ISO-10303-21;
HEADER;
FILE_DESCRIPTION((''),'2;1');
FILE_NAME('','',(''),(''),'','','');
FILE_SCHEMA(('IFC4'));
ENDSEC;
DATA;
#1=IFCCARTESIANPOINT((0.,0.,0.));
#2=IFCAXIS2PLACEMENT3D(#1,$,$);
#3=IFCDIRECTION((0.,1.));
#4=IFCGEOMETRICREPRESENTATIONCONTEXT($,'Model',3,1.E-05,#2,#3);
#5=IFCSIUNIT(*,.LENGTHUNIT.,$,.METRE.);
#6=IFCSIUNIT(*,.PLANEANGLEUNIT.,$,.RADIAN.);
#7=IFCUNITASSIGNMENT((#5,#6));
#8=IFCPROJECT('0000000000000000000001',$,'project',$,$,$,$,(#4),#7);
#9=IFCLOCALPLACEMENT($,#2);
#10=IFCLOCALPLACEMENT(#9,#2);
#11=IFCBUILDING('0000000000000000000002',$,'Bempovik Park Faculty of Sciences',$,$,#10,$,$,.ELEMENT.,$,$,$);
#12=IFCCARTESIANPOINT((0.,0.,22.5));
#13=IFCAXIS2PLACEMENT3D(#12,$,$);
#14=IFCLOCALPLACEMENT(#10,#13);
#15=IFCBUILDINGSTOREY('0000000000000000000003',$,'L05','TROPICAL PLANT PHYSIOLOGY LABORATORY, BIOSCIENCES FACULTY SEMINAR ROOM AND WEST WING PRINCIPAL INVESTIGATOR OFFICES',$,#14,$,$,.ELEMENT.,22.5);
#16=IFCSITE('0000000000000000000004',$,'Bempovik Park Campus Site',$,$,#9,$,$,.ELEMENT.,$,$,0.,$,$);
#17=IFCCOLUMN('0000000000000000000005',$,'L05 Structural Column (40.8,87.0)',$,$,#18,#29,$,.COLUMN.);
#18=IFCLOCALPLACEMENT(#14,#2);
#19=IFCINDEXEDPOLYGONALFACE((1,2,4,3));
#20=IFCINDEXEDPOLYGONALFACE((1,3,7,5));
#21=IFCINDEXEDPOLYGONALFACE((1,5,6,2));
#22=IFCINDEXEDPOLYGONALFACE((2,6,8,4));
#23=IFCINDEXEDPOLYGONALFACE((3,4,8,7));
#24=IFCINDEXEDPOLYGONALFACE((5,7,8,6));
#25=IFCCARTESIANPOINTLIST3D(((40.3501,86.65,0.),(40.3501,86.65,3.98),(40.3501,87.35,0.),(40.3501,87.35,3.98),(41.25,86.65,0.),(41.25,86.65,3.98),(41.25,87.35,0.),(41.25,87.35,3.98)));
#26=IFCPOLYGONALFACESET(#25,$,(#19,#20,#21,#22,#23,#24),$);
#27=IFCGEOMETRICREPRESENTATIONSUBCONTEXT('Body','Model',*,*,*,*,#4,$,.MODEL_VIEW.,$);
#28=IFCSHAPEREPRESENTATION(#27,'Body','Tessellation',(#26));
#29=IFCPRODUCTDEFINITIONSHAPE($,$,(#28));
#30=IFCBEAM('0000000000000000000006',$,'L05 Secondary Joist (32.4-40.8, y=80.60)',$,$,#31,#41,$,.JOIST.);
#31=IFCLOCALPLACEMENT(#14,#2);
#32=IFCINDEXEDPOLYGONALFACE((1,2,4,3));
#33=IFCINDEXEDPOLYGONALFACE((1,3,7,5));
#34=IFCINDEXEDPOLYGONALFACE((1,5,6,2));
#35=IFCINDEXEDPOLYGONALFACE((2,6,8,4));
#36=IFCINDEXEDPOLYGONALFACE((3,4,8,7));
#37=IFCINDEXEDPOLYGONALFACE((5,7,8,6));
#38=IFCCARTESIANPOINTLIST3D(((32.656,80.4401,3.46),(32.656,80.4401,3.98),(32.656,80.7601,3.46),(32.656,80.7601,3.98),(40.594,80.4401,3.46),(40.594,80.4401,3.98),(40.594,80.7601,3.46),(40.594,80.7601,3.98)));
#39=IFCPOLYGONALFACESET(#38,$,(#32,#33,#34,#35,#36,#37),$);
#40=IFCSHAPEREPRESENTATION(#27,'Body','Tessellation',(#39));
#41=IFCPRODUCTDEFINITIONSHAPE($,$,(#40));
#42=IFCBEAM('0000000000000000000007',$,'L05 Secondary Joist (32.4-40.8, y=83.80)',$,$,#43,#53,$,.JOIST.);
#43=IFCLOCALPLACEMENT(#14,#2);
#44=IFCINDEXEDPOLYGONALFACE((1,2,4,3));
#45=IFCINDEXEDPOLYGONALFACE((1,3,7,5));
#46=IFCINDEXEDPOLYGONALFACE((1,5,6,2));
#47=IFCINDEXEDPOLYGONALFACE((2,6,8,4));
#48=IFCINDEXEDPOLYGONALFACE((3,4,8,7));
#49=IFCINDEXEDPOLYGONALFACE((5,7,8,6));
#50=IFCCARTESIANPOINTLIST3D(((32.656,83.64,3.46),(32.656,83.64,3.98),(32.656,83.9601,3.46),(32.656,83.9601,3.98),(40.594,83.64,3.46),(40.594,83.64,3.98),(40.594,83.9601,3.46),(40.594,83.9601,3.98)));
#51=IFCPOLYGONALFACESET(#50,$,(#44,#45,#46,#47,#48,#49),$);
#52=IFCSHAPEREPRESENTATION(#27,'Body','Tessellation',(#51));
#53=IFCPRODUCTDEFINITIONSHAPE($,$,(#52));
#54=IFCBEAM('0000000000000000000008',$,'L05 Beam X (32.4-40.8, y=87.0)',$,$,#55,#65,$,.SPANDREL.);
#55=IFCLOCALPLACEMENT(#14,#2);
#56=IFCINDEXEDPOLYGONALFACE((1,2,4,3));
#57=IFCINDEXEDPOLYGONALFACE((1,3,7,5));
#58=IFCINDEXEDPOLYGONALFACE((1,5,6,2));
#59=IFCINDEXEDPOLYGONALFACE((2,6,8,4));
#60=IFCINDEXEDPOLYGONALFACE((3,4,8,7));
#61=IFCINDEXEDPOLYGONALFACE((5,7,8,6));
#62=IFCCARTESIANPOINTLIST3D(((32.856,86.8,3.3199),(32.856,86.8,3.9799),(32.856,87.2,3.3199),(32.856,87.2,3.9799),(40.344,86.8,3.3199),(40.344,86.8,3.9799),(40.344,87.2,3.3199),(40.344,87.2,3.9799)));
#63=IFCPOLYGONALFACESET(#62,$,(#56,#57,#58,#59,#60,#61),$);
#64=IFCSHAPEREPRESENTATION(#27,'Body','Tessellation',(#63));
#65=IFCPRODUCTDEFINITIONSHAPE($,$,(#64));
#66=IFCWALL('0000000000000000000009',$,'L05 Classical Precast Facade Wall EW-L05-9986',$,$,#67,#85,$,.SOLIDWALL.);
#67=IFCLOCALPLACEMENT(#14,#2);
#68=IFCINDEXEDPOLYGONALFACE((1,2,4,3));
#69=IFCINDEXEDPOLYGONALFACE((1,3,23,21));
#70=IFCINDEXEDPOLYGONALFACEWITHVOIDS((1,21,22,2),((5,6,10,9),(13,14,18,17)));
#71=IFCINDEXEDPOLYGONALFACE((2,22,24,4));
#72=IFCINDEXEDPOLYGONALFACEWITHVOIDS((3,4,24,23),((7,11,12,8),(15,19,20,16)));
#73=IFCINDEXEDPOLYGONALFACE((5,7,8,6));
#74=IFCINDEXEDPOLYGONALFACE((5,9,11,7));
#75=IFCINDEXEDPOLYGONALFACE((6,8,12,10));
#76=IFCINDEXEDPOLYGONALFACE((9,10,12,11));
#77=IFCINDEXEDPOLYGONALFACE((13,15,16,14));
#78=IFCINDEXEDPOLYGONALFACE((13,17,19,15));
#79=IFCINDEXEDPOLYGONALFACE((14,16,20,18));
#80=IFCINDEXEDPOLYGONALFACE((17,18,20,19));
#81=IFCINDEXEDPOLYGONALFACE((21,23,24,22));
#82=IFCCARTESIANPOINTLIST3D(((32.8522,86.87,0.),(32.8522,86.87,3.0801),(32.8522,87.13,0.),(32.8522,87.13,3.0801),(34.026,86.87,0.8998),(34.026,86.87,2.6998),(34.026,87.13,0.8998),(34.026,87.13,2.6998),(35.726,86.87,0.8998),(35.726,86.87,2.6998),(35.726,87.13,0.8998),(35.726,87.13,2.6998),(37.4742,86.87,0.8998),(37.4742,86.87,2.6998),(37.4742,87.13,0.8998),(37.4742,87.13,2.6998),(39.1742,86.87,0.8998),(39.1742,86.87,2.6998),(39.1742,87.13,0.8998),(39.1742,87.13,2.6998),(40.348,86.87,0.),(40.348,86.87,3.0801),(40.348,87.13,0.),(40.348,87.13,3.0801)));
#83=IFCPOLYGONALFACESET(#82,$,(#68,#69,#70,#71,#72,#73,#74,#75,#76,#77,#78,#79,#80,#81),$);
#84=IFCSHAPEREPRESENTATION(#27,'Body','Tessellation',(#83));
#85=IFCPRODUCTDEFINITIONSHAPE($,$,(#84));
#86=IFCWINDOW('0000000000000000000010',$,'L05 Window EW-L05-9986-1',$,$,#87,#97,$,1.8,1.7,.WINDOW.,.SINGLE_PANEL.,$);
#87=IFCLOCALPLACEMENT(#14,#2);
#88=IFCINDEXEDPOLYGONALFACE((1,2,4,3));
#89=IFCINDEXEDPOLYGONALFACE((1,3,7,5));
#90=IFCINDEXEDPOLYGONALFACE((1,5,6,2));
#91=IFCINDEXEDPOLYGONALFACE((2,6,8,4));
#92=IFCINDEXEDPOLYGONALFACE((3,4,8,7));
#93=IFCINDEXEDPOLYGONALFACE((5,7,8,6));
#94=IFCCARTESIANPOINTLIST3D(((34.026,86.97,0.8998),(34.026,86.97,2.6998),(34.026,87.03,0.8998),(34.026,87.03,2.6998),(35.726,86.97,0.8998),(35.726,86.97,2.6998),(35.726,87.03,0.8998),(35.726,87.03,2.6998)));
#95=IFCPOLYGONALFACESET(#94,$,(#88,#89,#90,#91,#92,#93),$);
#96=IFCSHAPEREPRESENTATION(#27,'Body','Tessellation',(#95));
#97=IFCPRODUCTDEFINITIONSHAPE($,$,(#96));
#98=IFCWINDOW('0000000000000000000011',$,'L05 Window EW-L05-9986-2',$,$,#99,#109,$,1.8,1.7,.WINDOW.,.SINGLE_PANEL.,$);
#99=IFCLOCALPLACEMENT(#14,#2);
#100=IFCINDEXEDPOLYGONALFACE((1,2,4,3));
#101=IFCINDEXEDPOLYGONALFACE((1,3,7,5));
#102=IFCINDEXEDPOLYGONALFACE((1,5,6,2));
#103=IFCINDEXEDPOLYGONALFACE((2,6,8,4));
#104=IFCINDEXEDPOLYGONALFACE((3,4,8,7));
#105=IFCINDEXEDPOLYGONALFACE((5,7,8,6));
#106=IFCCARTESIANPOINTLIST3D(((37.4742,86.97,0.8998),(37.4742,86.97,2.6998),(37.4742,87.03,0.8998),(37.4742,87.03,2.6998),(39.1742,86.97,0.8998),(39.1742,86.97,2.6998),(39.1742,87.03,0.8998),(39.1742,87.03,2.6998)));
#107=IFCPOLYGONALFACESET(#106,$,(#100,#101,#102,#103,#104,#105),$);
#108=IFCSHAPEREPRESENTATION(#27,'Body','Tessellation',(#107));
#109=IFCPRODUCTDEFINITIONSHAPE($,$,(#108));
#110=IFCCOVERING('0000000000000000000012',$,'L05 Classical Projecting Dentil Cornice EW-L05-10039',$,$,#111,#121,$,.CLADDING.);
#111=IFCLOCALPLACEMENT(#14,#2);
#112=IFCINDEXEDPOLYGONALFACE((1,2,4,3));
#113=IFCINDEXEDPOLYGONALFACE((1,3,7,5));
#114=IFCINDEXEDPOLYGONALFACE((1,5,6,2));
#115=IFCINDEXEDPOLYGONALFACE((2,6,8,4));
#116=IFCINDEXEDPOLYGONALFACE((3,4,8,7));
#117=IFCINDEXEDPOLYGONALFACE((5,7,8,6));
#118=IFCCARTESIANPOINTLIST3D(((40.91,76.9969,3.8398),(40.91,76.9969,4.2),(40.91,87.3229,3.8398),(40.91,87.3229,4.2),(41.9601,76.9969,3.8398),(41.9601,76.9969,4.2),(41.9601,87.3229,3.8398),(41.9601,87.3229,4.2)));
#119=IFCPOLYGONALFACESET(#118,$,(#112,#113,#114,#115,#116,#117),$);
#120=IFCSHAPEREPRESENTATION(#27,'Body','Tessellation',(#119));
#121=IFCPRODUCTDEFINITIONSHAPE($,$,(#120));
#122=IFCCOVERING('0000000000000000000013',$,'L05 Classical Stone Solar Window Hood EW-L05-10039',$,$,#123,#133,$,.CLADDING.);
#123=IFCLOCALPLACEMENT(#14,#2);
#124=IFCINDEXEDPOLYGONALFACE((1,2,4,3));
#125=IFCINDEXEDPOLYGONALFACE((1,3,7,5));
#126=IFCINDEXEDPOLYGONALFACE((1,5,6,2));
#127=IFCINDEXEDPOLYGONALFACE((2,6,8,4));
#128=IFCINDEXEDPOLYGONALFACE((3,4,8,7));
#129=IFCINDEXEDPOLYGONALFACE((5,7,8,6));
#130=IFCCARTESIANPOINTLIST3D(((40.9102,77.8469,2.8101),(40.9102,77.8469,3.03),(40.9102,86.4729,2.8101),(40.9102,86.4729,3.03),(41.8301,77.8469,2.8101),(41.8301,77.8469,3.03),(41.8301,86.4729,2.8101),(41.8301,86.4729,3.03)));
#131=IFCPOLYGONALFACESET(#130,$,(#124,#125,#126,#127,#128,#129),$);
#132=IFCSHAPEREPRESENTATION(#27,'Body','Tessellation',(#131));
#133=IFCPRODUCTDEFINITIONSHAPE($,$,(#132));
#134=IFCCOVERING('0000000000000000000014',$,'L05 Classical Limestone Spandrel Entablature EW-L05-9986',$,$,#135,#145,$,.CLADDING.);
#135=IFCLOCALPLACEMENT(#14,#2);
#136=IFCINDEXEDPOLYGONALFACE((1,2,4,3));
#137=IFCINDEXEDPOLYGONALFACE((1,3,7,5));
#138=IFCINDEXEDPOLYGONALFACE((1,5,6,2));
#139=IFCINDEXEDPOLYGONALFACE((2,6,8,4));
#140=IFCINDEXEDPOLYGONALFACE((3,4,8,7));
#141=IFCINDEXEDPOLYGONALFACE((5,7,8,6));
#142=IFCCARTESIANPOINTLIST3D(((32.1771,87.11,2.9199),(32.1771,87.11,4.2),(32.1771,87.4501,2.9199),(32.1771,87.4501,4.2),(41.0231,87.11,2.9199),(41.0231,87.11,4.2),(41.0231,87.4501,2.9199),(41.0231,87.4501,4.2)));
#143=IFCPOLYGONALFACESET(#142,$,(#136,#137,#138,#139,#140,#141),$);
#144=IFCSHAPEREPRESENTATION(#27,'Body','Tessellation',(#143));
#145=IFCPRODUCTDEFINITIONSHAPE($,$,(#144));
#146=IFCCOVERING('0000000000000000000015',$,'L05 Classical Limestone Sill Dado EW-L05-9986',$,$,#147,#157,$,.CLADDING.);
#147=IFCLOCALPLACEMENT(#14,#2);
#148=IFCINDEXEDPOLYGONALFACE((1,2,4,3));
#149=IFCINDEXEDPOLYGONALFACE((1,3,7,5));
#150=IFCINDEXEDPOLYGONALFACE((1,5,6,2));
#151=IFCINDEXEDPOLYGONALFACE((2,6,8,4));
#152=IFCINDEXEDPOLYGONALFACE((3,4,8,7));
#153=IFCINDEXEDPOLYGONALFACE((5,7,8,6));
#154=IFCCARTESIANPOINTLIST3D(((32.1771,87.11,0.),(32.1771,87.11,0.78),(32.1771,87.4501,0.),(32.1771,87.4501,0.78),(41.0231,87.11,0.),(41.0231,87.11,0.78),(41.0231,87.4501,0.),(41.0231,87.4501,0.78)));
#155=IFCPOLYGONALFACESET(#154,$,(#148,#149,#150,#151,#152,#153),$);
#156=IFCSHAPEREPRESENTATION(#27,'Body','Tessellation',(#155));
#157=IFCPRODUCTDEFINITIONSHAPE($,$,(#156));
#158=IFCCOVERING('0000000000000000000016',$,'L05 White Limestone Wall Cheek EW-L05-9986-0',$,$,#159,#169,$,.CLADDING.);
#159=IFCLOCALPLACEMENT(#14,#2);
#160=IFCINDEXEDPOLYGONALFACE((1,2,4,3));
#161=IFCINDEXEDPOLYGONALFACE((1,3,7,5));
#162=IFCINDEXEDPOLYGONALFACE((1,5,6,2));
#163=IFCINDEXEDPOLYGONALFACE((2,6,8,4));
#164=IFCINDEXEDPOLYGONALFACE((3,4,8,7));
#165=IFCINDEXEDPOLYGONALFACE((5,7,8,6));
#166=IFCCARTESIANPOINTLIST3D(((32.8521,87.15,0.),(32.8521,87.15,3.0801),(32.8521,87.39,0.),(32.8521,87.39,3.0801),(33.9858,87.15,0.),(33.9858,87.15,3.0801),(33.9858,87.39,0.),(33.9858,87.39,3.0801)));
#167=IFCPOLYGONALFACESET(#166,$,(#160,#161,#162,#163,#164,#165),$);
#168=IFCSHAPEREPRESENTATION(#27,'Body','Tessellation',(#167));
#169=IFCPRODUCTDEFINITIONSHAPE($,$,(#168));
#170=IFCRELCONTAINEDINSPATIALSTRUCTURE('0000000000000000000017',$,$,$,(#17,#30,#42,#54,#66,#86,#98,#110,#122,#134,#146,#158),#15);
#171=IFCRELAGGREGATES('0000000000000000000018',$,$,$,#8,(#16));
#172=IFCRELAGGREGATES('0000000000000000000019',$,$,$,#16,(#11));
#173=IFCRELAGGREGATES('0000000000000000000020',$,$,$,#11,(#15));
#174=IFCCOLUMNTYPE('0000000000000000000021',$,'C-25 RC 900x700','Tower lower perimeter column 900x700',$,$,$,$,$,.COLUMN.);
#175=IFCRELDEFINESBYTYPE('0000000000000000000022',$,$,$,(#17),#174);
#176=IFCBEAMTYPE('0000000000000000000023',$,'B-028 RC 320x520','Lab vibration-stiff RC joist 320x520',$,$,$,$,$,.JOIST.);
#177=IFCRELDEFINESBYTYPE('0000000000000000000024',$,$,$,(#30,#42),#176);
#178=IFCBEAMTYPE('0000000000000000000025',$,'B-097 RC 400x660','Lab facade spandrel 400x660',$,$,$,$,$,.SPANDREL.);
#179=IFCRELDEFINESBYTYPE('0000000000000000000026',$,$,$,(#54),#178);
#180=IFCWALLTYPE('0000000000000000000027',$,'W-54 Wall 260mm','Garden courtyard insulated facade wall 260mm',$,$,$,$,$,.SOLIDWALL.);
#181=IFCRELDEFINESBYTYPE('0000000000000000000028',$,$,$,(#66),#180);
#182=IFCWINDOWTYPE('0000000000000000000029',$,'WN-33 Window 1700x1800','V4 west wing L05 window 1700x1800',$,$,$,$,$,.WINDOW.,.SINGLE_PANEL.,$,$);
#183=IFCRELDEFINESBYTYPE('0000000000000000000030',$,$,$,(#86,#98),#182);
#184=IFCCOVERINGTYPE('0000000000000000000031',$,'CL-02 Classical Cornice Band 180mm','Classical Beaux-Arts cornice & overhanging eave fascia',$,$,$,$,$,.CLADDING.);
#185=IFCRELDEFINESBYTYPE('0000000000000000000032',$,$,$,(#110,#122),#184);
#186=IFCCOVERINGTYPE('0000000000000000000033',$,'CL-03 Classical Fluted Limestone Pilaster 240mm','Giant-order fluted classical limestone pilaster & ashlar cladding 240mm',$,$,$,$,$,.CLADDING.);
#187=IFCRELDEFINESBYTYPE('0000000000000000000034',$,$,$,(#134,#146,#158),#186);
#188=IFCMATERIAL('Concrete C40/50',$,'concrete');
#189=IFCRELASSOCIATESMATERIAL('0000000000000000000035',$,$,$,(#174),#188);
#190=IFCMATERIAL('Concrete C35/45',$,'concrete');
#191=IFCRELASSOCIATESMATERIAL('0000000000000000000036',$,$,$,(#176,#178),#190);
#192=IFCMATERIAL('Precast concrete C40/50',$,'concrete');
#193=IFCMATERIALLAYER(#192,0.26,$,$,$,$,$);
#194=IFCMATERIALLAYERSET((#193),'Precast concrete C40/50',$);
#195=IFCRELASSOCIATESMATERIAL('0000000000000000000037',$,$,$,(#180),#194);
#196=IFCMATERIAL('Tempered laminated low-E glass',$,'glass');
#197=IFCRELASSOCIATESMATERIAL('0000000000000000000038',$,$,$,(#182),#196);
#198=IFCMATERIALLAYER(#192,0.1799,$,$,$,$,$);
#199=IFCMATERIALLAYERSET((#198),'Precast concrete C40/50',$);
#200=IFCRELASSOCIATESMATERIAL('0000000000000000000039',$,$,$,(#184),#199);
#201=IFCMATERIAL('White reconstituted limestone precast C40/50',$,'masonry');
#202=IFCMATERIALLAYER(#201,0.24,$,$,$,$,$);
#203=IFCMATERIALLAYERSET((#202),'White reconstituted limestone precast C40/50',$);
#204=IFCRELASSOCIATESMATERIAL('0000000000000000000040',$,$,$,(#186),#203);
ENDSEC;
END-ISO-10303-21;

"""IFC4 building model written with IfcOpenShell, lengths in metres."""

from ifc_helpers import new_model, si_unit, direction, frame, frame_2d, origin, origin_2d, place, context, subcontext, project, spatial, rectangle, extrude, material, layer, layer_set, material_profile, profile_set, type_object, element, fill, save


model = new_model("IFC4")

# Units and contexts
model_context = context("Model", 3, precision=1e-05, world=origin(), true_north=direction((0.0, 1.0)))
body_context = subcontext(model_context, "Body", "Model", "MODEL_VIEW")
ifc_project = project(units=[si_unit("LENGTHUNIT", "METRE"), si_unit("PLANEANGLEUNIT", "RADIAN")], contexts=[model_context])

# Site, building, storey
site_placement = place(None, origin())
site = spatial("IfcSite", under=ifc_project, at=site_placement, Name="Bempovik Park Campus Site", CompositionType="ELEMENT", RefElevation=0.0)
building_placement = place(site_placement, origin())
building = spatial("IfcBuilding", under=site, at=building_placement, Name="Bempovik Park Faculty of Sciences", CompositionType="ELEMENT")
storey_placement = place(building_placement, frame((0.0, 0.0, 22.5)))
storey = spatial("IfcBuildingStorey", under=building, at=storey_placement, Name="L05", Description="TROPICAL PLANT PHYSIOLOGY LABORATORY, BIOSCIENCES FACULTY SEMINAR ROOM AND WEST WING PRINCIPAL INVESTIGATOR OFFICES", CompositionType="ELEMENT", Elevation=22.5)

# Column
ifc_material_1 = material(Name="Concrete C40/50", Category="concrete")
ifc_material_profile_1 = material_profile(ifc_material_1, rectangle(XDim=0.8999, YDim=0.7, at=origin_2d()), Name="RC 900x700")
ifc_profile_set_1 = profile_set([ifc_material_profile_1], Name="Concrete C40/50")
column_type = type_object("IfcColumnType", Name="C-25 RC 900x700", Description="Tower lower perimeter column 900x700", PredefinedType="COLUMN", material=ifc_profile_set_1)
column_placement = place(storey_placement, frame((40.8, 87.0, 0.0), z_axis=(0.0, 0.0, 1.0), x_axis=(1.0, 0.0, 0.0)))
element("IfcColumn", 1, at=column_placement, inside=storey, type_object=column_type, Name="L05 Structural Column (40.8,87.0)", PredefinedType="COLUMN", context=body_context, shape_type="SweptSolid", body=[
    extrude(rectangle(XDim=0.8999, YDim=0.7, at=origin_2d()), origin(), (0.0, 0.0, 1.0), 3.98),
])

# Beams
ifc_material_2 = material(Name="Concrete C35/45", Category="concrete")
ifc_material_profile_2 = material_profile(ifc_material_2, rectangle(XDim=0.3201, YDim=0.52, at=origin_2d()), Name="RC 320x520")
ifc_profile_set_2 = profile_set([ifc_material_profile_2], Name="Concrete C35/45")
beam_type_1 = type_object("IfcBeamType", Name="B-028 RC 320x520", Description="Lab vibration-stiff RC joist 320x520", PredefinedType="JOIST", material=ifc_profile_set_2)
for number, where, z_axis, x_axis, name in (
    (2, (32.656, 80.6001, 3.72), (1.0, 0.0, 0.0), (0.0, 1.0, 0.0), "L05 Secondary Joist (32.4-40.8, y=80.60)"),
    (3, (32.656, 83.8, 3.72), (1.0, 0.0, 0.0), (0.0, 1.0, 0.0), "L05 Secondary Joist (32.4-40.8, y=83.80)"),
):
    element("IfcBeam", number, at=place(storey_placement, frame(where, z_axis=z_axis, x_axis=x_axis)), inside=storey, type_object=beam_type_1, Name=name, PredefinedType="JOIST", context=body_context, shape_type="SweptSolid", body=[
        extrude(rectangle(XDim=0.3201, YDim=0.52, at=origin_2d()), origin(), (0.0, 0.0, 1.0), 7.938),
    ])
ifc_material_profile_3 = material_profile(ifc_material_2, rectangle(XDim=0.3999, YDim=0.6599, at=origin_2d()), Name="RC 400x660")
ifc_profile_set_3 = profile_set([ifc_material_profile_3], Name="Concrete C35/45")
beam_type_2 = type_object("IfcBeamType", Name="B-097 RC 400x660", Description="Lab facade spandrel 400x660", PredefinedType="SPANDREL", material=ifc_profile_set_3)
beam_placement = place(storey_placement, frame((32.856, 87.0, 3.6499), z_axis=(1.0, 0.0, 0.0), x_axis=(0.0, 1.0, 0.0)))
element("IfcBeam", 4, at=beam_placement, inside=storey, type_object=beam_type_2, Name="L05 Beam X (32.4-40.8, y=87.0)", PredefinedType="SPANDREL", context=body_context, shape_type="SweptSolid", body=[
    extrude(rectangle(XDim=0.3999, YDim=0.6599, at=origin_2d()), origin(), (0.0, 0.0, 1.0), 7.488),
])

# Wall, openings, windows
ifc_material_3 = material(Name="Precast concrete C40/50", Category="concrete")
ifc_layer_1 = layer(ifc_material_3, 0.26)
ifc_layer_set_1 = layer_set([ifc_layer_1], Name="Precast concrete C40/50")
wall_type = type_object("IfcWallType", Name="W-54 Wall 260mm", Description="Garden courtyard insulated facade wall 260mm", PredefinedType="SOLIDWALL", material=ifc_layer_set_1)
wall_placement = place(storey_placement, frame((32.8521, 87.0, 0.0), z_axis=(0.0, 0.0, 1.0), x_axis=(1.0, 0.0, 0.0)))
wall = element("IfcWall", 5, at=wall_placement, inside=storey, type_object=wall_type, Name="L05 Classical Precast Facade Wall EW-L05-9986", PredefinedType="SOLIDWALL", context=body_context, shape_type="SweptSolid", body=[
    extrude(rectangle(XDim=7.4958, YDim=0.26, at=frame_2d((3.748, 0.0))), origin(), (0.0, 0.0, 1.0), 3.0801),
])
opening_1_placement = place(wall_placement, frame((1.1738, 0.0, 0.8999)))
opening_1 = element("IfcOpeningElement", 6, at=opening_1_placement, cuts=wall, PredefinedType="OPENING", context=body_context, shape_type="SweptSolid", body=[
    extrude(rectangle(XDim=1.7, YDim=1.8, at=frame_2d((0.8501, 0.8999))), frame((0.0, 0.1401, 0.0), z_axis=(0.0, -1.0, 0.0), x_axis=(1.0, 0.0, 0.0)), (0.0, 0.0, 1.0), 0.28),
])
opening_2_placement = place(wall_placement, frame((4.6221, 0.0, 0.8999)))
opening_2 = element("IfcOpeningElement", 7, at=opening_2_placement, cuts=wall, PredefinedType="OPENING", context=body_context, shape_type="SweptSolid", body=[
    extrude(rectangle(XDim=1.7, YDim=1.8, at=frame_2d((0.8501, 0.8999))), frame((0.0, 0.1401, 0.0), z_axis=(0.0, -1.0, 0.0), x_axis=(1.0, 0.0, 0.0)), (0.0, 0.0, 1.0), 0.28),
])
ifc_material_4 = material(Name="Tempered laminated low-E glass", Category="glass")
window_type = type_object("IfcWindowType", Name="WN-33 Window 1700x1800", Description="V4 west wing L05 window 1700x1800", PartitioningType="SINGLE_PANEL", PredefinedType="WINDOW", material=ifc_material_4)
window_1_placement = place(opening_1_placement, origin())
window_1 = element("IfcWindow", 8, at=window_1_placement, inside=storey, type_object=window_type, Name="L05 Window EW-L05-9986-1", OverallHeight=1.8, OverallWidth=1.7, PartitioningType="SINGLE_PANEL", PredefinedType="WINDOW", context=body_context, shape_type="SweptSolid", body=[
    extrude(rectangle(XDim=1.7, YDim=1.8, at=frame_2d((0.8501, 0.8999))), frame((0.0, 0.03, 0.0), z_axis=(0.0, -1.0, 0.0), x_axis=(1.0, 0.0, 0.0)), (0.0, 0.0, 1.0), 0.0601),
])
fill(opening_1, window_1)
window_2_placement = place(opening_2_placement, origin())
window_2 = element("IfcWindow", 9, at=window_2_placement, inside=storey, type_object=window_type, Name="L05 Window EW-L05-9986-2", OverallHeight=1.8, OverallWidth=1.7, PartitioningType="SINGLE_PANEL", PredefinedType="WINDOW", context=body_context, shape_type="SweptSolid", body=[
    extrude(rectangle(XDim=1.7, YDim=1.8, at=frame_2d((0.8501, 0.8999))), frame((0.0, 0.03, 0.0), z_axis=(0.0, -1.0, 0.0), x_axis=(1.0, 0.0, 0.0)), (0.0, 0.0, 1.0), 0.0601),
])
fill(opening_2, window_2)

# Coverings
ifc_layer_2 = layer(ifc_material_3, 0.1799)
ifc_layer_set_2 = layer_set([ifc_layer_2], Name="Precast concrete C40/50")
covering_type_1 = type_object("IfcCoveringType", Name="CL-02 Classical Cornice Band 180mm", Description="Classical Beaux-Arts cornice & overhanging eave fascia", PredefinedType="CLADDING", material=ifc_layer_set_2)
covering_1_placement = place(storey_placement, frame((41.4351, 82.1599, 3.8398), z_axis=(0.0, 0.0, 1.0), x_axis=(1.0, 0.0, 0.0)))
element("IfcCovering", 10, at=covering_1_placement, inside=storey, type_object=covering_type_1, Name="L05 Classical Projecting Dentil Cornice EW-L05-10039", PredefinedType="CLADDING", context=body_context, shape_type="SweptSolid", body=[
    extrude(rectangle(XDim=1.05, YDim=10.3259, at=origin_2d()), origin(), (0.0, 0.0, 1.0), 0.3601),
])
covering_2_placement = place(storey_placement, frame((41.3701, 82.1599, 2.8101), z_axis=(0.0, 0.0, 1.0), x_axis=(1.0, 0.0, 0.0)))
element("IfcCovering", 11, at=covering_2_placement, inside=storey, type_object=covering_type_1, Name="L05 Classical Stone Solar Window Hood EW-L05-10039", PredefinedType="CLADDING", context=body_context, shape_type="SweptSolid", body=[
    extrude(rectangle(XDim=0.9199, YDim=8.626, at=origin_2d()), origin(), (0.0, 0.0, 1.0), 0.22),
])
ifc_material_5 = material(Name="White reconstituted limestone precast C40/50", Category="masonry")
ifc_layer_3 = layer(ifc_material_5, 0.24)
ifc_layer_set_3 = layer_set([ifc_layer_3], Name="White reconstituted limestone precast C40/50")
covering_type_2 = type_object("IfcCoveringType", Name="CL-03 Classical Fluted Limestone Pilaster 240mm", Description="Giant-order fluted classical limestone pilaster & ashlar cladding 240mm", PredefinedType="CLADDING", material=ifc_layer_set_3)
covering_3_placement = place(storey_placement, frame((36.6001, 87.28, 2.9199), z_axis=(0.0, 0.0, 1.0), x_axis=(1.0, 0.0, 0.0)))
element("IfcCovering", 12, at=covering_3_placement, inside=storey, type_object=covering_type_2, Name="L05 Classical Limestone Spandrel Entablature EW-L05-9986", PredefinedType="CLADDING", context=body_context, shape_type="SweptSolid", body=[
    extrude(rectangle(XDim=8.8459, YDim=0.3401, at=origin_2d()), origin(), (0.0, 0.0, 1.0), 1.28),
])
covering_4_placement = place(storey_placement, frame((36.6001, 87.28, 0.0), z_axis=(0.0, 0.0, 1.0), x_axis=(1.0, 0.0, 0.0)))
element("IfcCovering", 13, at=covering_4_placement, inside=storey, type_object=covering_type_2, Name="L05 Classical Limestone Sill Dado EW-L05-9986", PredefinedType="CLADDING", context=body_context, shape_type="SweptSolid", body=[
    extrude(rectangle(XDim=8.8459, YDim=0.3401, at=origin_2d()), origin(), (0.0, 0.0, 1.0), 0.78),
])
covering_5_placement = place(storey_placement, frame((33.4189, 87.27, 0.0), z_axis=(0.0, 0.0, 1.0), x_axis=(1.0, 0.0, 0.0)))
element("IfcCovering", 14, at=covering_5_placement, inside=storey, type_object=covering_type_2, Name="L05 White Limestone Wall Cheek EW-L05-9986-0", PredefinedType="CLADDING", context=body_context, shape_type="SweptSolid", body=[
    extrude(rectangle(XDim=1.1338, YDim=0.24, at=origin_2d()), origin(), (0.0, 0.0, 1.0), 3.0801),
])

save(model, "model.ifc")
